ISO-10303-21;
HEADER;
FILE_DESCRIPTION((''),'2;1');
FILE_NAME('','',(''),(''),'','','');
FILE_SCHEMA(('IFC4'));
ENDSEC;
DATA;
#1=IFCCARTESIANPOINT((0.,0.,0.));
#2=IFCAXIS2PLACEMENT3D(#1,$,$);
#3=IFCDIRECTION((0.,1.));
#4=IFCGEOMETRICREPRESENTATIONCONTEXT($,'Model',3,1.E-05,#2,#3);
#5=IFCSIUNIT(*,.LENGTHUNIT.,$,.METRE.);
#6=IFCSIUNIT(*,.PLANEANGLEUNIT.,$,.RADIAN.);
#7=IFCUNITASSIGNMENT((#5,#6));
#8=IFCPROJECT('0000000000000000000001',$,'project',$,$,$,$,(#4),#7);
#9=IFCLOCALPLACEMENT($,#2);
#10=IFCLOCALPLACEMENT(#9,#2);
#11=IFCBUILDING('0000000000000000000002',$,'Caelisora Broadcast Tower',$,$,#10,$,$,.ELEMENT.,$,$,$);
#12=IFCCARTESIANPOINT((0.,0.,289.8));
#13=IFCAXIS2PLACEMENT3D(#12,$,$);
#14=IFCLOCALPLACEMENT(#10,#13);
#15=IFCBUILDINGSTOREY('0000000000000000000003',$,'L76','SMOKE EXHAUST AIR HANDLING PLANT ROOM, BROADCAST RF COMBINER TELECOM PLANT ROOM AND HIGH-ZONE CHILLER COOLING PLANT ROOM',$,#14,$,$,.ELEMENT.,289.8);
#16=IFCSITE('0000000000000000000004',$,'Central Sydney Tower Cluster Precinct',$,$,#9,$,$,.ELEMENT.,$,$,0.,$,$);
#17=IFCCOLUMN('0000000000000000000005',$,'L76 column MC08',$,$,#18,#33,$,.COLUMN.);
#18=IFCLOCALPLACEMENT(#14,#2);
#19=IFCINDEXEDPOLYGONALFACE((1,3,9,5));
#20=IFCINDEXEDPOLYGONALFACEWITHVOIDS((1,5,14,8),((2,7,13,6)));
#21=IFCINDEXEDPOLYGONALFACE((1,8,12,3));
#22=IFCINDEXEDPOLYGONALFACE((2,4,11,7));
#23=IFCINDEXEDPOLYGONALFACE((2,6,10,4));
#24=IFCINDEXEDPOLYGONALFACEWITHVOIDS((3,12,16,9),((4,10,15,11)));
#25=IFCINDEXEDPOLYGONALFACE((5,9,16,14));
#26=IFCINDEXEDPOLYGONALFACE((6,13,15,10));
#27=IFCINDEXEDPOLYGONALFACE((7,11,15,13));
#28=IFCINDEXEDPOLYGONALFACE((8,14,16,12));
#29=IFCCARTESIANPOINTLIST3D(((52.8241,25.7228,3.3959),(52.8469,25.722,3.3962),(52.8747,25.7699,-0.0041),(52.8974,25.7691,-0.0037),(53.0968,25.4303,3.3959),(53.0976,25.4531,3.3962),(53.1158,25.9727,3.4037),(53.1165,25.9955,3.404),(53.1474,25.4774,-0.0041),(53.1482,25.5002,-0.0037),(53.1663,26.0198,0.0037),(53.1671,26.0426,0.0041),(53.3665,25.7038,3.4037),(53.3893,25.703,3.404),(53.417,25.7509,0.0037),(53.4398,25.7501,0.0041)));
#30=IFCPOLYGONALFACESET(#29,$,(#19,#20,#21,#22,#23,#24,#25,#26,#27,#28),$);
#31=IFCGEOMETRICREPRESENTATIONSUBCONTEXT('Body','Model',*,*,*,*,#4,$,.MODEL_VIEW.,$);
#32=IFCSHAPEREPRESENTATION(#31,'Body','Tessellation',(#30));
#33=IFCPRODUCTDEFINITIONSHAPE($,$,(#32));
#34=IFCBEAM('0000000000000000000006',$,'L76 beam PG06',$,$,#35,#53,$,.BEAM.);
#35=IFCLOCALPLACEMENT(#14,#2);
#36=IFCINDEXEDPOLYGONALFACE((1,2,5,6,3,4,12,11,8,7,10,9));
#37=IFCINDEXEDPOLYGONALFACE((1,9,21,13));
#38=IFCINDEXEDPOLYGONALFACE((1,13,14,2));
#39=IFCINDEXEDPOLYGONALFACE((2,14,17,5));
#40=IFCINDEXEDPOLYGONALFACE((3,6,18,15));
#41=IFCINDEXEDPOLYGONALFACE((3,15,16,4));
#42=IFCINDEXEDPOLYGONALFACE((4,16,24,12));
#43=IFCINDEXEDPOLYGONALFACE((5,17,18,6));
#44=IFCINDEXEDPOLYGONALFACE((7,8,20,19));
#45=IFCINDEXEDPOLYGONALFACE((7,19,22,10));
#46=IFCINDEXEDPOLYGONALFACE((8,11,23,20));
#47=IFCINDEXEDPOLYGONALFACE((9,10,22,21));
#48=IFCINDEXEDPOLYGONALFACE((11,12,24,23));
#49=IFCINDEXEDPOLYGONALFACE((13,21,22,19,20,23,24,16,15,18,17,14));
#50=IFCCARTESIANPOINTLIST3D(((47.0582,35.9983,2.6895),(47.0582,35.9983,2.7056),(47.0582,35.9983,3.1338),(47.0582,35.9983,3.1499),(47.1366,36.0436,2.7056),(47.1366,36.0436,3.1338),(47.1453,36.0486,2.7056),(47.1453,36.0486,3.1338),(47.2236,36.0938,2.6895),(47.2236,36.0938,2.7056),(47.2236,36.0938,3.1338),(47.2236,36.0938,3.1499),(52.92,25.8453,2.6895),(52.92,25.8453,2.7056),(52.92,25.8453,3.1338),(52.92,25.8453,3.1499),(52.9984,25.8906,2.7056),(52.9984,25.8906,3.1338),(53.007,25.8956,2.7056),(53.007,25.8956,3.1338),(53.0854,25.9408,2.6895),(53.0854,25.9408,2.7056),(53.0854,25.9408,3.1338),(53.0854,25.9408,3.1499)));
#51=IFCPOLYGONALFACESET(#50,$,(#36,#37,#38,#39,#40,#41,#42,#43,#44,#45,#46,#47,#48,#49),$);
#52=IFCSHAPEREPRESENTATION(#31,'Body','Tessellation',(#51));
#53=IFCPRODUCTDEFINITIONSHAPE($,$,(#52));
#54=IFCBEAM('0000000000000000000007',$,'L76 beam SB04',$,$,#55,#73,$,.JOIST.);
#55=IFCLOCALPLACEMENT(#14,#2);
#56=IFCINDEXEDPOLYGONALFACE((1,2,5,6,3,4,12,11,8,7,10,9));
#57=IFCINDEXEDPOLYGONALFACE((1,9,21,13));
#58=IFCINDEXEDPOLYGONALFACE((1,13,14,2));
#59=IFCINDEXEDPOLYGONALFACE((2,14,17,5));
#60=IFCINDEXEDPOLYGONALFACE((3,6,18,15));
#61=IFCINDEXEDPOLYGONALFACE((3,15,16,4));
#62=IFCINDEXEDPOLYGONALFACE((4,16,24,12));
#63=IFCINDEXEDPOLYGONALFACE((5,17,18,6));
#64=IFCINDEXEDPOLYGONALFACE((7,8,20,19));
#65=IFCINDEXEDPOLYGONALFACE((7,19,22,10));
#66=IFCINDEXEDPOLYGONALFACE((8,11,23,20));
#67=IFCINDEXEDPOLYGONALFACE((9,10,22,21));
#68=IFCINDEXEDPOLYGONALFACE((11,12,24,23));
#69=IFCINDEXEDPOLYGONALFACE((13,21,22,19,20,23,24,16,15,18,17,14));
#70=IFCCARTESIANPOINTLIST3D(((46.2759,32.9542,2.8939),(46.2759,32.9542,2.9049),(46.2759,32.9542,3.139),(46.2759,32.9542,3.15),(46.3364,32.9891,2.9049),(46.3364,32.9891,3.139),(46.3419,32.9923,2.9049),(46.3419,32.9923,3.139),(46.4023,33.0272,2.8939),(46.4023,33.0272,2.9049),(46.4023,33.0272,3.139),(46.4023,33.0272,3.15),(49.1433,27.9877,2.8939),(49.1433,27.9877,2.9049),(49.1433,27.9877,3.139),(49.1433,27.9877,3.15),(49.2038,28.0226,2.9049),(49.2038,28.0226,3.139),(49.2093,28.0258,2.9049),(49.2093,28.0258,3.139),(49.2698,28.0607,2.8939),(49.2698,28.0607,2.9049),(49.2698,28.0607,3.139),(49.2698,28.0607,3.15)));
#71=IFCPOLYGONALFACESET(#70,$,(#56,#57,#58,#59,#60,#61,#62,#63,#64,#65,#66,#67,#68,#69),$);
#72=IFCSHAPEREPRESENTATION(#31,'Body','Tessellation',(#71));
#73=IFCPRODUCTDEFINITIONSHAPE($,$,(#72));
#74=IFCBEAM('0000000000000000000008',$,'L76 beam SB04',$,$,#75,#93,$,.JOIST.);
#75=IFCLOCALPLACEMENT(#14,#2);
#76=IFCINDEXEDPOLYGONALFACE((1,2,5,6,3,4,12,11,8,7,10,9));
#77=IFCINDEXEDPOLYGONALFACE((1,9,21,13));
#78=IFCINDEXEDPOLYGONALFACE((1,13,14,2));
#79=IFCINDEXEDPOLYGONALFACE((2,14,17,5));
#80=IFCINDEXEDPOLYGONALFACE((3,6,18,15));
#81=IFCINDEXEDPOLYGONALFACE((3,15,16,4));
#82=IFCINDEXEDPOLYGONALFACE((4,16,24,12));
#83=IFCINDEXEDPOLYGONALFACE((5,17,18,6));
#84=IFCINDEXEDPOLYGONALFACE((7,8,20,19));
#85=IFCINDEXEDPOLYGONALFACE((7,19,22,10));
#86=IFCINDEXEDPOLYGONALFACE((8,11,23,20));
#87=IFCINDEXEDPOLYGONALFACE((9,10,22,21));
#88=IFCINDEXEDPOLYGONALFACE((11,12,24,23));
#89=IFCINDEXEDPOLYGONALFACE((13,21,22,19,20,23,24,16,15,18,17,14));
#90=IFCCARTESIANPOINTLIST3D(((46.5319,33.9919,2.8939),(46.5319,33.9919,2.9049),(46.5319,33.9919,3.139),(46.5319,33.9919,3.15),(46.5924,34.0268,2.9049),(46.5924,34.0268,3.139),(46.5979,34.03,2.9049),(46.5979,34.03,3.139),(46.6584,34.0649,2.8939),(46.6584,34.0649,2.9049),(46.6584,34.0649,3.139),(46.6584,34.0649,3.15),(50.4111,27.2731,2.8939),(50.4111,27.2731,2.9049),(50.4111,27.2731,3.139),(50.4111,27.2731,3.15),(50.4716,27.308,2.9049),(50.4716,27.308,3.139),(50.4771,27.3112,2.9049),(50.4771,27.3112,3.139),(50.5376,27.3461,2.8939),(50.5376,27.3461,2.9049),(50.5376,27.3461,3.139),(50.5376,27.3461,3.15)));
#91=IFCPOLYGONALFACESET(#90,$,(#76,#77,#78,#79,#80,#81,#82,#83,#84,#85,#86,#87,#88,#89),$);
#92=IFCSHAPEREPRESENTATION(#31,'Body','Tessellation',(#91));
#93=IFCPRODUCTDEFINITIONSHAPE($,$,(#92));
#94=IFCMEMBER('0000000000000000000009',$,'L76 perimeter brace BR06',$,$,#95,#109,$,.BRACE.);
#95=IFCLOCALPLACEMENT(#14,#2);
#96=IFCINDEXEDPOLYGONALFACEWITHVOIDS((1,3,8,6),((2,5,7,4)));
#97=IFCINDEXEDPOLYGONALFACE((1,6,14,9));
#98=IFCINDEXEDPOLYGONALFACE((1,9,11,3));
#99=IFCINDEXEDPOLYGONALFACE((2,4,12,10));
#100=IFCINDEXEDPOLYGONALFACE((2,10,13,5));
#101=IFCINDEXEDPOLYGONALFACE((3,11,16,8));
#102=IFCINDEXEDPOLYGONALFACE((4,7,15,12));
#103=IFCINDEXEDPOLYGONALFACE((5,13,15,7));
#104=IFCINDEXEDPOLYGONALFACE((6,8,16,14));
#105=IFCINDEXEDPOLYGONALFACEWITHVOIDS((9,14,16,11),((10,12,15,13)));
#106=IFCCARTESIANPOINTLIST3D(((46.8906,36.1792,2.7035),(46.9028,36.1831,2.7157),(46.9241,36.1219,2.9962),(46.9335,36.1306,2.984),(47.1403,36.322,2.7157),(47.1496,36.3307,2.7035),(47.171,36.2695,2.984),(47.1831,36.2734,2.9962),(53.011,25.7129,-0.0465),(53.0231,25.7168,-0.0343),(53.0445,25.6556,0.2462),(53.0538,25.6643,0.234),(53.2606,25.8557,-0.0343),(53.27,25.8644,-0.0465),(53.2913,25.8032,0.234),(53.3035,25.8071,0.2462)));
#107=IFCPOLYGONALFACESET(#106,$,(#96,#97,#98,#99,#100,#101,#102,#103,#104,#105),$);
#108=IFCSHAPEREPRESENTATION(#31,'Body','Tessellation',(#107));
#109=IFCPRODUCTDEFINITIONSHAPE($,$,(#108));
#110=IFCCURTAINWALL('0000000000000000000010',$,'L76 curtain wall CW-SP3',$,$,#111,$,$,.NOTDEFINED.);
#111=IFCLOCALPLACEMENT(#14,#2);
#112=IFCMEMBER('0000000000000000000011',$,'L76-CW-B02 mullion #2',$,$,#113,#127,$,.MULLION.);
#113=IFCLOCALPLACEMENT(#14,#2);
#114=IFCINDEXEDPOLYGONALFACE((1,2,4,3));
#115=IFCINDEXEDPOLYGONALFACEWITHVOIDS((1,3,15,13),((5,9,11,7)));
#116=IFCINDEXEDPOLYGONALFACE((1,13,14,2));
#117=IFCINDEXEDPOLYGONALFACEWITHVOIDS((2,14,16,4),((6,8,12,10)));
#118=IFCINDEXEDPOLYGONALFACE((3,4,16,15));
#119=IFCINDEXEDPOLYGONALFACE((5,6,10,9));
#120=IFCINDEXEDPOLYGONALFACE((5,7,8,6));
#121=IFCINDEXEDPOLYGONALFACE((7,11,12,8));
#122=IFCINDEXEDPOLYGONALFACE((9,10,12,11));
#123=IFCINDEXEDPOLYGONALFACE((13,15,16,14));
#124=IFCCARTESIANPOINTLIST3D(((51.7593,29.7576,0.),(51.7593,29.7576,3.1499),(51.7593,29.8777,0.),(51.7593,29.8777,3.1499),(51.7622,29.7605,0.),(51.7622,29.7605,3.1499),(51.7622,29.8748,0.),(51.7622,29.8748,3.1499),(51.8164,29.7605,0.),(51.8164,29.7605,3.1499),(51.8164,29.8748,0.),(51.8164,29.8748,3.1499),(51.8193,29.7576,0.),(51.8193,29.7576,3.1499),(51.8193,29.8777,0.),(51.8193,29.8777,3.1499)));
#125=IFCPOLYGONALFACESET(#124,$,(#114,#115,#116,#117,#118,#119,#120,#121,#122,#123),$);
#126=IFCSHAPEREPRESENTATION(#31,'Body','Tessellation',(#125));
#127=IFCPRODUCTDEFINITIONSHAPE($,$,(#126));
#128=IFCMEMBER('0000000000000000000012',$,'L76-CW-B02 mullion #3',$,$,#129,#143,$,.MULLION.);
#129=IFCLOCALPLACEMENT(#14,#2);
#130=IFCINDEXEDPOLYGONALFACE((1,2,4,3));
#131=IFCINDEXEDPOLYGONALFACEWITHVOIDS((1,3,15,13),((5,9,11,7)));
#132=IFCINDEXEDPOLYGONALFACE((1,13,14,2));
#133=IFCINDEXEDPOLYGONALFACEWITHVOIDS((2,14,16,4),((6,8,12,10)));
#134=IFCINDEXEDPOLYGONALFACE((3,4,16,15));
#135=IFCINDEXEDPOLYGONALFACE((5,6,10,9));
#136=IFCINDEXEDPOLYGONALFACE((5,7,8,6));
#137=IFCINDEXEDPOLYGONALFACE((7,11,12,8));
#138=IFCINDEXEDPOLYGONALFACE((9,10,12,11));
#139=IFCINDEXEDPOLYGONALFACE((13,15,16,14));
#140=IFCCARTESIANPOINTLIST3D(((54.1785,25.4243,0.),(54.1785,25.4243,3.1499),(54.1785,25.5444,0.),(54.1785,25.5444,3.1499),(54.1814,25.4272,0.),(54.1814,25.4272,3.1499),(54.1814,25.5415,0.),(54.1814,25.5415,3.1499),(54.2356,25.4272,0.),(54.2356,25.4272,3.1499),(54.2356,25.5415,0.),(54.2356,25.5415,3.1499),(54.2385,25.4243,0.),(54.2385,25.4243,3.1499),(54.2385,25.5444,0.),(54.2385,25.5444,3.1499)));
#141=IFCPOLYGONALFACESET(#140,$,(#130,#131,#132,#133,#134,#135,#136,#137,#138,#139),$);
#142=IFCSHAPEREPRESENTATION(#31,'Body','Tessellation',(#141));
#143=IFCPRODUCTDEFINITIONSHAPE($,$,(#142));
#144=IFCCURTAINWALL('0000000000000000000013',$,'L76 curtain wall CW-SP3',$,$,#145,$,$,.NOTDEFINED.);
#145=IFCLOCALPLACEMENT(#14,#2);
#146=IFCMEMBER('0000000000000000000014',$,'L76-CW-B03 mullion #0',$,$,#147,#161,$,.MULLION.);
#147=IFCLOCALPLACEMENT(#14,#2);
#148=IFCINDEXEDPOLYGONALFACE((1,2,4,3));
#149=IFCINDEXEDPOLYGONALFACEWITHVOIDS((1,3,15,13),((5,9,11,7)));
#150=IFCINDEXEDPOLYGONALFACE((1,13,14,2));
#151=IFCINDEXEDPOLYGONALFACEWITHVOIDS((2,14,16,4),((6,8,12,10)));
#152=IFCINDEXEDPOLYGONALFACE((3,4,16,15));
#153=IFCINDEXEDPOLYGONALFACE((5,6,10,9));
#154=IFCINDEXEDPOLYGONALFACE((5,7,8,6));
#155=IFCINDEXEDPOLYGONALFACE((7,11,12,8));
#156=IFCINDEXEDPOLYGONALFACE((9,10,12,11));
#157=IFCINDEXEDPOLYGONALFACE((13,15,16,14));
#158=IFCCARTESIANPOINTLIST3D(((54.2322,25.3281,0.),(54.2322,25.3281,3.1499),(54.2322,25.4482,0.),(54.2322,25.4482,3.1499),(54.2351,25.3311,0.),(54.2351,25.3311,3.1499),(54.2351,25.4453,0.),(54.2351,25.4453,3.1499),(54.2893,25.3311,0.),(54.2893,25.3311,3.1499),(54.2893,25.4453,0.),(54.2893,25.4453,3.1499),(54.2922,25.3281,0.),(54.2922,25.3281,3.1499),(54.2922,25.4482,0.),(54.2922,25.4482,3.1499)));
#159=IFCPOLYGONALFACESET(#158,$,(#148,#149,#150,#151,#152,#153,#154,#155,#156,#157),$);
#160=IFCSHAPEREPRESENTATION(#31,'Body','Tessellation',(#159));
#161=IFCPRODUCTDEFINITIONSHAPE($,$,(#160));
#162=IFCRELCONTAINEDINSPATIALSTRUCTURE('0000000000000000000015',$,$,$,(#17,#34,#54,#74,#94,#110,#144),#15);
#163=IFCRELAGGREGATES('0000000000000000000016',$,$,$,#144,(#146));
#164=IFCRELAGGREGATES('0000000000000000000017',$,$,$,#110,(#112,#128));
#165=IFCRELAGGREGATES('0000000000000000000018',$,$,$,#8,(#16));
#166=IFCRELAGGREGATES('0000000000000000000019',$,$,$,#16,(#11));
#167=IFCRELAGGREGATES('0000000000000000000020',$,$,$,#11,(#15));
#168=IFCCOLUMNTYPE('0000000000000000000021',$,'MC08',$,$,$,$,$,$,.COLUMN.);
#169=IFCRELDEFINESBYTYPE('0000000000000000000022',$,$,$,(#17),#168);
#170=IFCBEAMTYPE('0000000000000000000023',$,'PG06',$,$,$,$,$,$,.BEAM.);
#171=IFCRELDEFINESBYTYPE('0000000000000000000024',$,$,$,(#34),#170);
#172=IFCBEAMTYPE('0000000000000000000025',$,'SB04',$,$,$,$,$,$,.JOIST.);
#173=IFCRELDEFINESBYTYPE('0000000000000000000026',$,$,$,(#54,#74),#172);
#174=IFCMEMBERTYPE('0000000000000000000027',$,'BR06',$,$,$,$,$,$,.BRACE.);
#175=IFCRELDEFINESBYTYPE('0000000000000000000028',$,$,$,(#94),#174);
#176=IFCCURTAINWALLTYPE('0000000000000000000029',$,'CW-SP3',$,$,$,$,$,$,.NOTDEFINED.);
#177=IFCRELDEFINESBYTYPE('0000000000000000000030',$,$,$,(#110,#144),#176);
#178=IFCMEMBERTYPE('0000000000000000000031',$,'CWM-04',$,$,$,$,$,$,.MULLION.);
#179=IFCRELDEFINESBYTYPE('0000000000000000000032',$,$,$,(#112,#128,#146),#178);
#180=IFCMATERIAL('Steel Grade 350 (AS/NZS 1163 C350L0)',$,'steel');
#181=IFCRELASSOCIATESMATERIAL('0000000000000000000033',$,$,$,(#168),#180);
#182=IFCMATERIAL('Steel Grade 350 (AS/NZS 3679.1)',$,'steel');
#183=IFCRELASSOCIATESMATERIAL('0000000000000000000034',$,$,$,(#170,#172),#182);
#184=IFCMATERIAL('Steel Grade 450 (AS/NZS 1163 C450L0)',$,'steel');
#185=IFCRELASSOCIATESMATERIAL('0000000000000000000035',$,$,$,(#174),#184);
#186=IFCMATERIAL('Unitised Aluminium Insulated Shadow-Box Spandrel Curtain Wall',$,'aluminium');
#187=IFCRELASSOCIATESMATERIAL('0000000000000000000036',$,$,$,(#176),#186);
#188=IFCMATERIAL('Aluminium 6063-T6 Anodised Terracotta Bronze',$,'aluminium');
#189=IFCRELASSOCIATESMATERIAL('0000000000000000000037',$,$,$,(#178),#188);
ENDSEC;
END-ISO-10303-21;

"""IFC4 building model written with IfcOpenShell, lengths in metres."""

from ifc_helpers import new_model, si_unit, direction, frame, origin, origin_2d, place, context, subcontext, project, spatial, hollow_rectangle, i_section, extrude, source, transform, mapped, material, material_profile, profile_set, type_object, type_shapes, element, aggregate, save


model = new_model("IFC4")

# Units and contexts
model_context = context("Model", 3, precision=1e-05, world=origin(), true_north=direction((0.0, 1.0)))
body_context = subcontext(model_context, "Body", "Model", "MODEL_VIEW")
ifc_project = project(units=[si_unit("LENGTHUNIT", "METRE"), si_unit("PLANEANGLEUNIT", "RADIAN")], contexts=[model_context])

# Site, building, storey
site_placement = place(None, origin())
site = spatial("IfcSite", under=ifc_project, at=site_placement, Name="Central Sydney Tower Cluster Precinct", CompositionType="ELEMENT", RefElevation=0.0)
building_placement = place(site_placement, origin())
building = spatial("IfcBuilding", under=site, at=building_placement, Name="Caelisora Broadcast Tower", CompositionType="ELEMENT")
storey_placement = place(building_placement, frame((0.0, 0.0, 289.8)))
storey = spatial("IfcBuildingStorey", under=building, at=storey_placement, Name="L76", Description="SMOKE EXHAUST AIR HANDLING PLANT ROOM, BROADCAST RF COMBINER TELECOM PLANT ROOM AND HIGH-ZONE CHILLER COOLING PLANT ROOM", CompositionType="ELEMENT", Elevation=289.8)

# Column
ifc_material_1 = material(Name="Steel Grade 350 (AS/NZS 1163 C350L0)", Category="steel")
ifc_material_profile_1 = material_profile(ifc_material_1, hollow_rectangle(XDim=0.3999, YDim=0.3999, WallThickness=0.0161, at=origin_2d()), Name="Steel Grade 350 (AS/NZS 1163 C350L0)")
ifc_profile_set_1 = profile_set([ifc_material_profile_1], Name="Steel Grade 350 (AS/NZS 1163 C350L0)")
column_type = type_object("IfcColumnType", Name="MC08", PredefinedType="COLUMN", material=ifc_profile_set_1)
shared_shape_1 = source(origin(), body_context, "Body", "SweptSolid", [
    extrude(hollow_rectangle(XDim=0.3999, YDim=0.3999, WallThickness=0.0161, at=origin_2d()), origin(), (0.0, 0.0, 1.0), 3.4006),
])
type_shapes(column_type, [shared_shape_1])
column_placement = place(storey_placement, frame((53.1572, 25.76, 0.0), z_axis=(-0.014861, -0.013856, 0.999794), x_axis=(0.68194, -0.731408, 0.0)))
element("IfcColumn", 1, at=column_placement, inside=storey, type_object=column_type, Name="L76 column MC08", PredefinedType="COLUMN", context=body_context, shape_type="MappedRepresentation", body=[
    mapped(shared_shape_1, transform((0.0, 0.0, 0.0), scale=1.0)),
])

# Beams
ifc_material_2 = material(Name="Steel Grade 350 (AS/NZS 3679.1)", Category="steel")
ifc_material_profile_2 = material_profile(ifc_material_2, i_section(OverallWidth=0.1909, OverallDepth=0.4604, WebThickness=0.01, FlangeThickness=0.0161, at=origin_2d()), Name="Steel Grade 350 (AS/NZS 3679.1)")
ifc_profile_set_2 = profile_set([ifc_material_profile_2], Name="Steel Grade 350 (AS/NZS 3679.1)")
beam_type_1 = type_object("IfcBeamType", Name="PG06", PredefinedType="BEAM", material=ifc_profile_set_2)
shared_shape_2 = source(origin(), body_context, "Body", "SweptSolid", [
    extrude(i_section(OverallWidth=0.1909, OverallDepth=0.4604, WebThickness=0.01, FlangeThickness=0.0161, at=origin_2d()), origin(), (0.0, 0.0, 1.0), 11.7236),
])
type_shapes(beam_type_1, [shared_shape_2])
beam_1_placement = place(storey_placement, frame((53.0027, 25.8931, 2.9197), z_axis=(-0.499996, 0.866028, 0.0), x_axis=(-0.866028, -0.499996, 0.0)))
element("IfcBeam", 2, at=beam_1_placement, inside=storey, type_object=beam_type_1, Name="L76 beam PG06", PredefinedType="BEAM", context=body_context, shape_type="MappedRepresentation", body=[
    mapped(shared_shape_2, transform((0.0, 0.0, 0.0), scale=1.0)),
])
ifc_material_profile_3 = material_profile(ifc_material_2, i_section(OverallWidth=0.146, OverallDepth=0.2561, WebThickness=0.0063, FlangeThickness=0.011, at=origin_2d()), Name="Steel Grade 350 (AS/NZS 3679.1)")
ifc_profile_set_3 = profile_set([ifc_material_profile_3], Name="Steel Grade 350 (AS/NZS 3679.1)")
beam_type_2 = type_object("IfcBeamType", Name="SB04", PredefinedType="JOIST", material=ifc_profile_set_3)
shared_shape_3 = source(origin(), body_context, "Body", "SweptSolid", [
    extrude(i_section(OverallWidth=0.146, OverallDepth=0.2561, WebThickness=0.0063, FlangeThickness=0.011, at=origin_2d()), origin(), (0.0, 0.0, 1.0), 5.7349),
])
beam_2_placement = place(storey_placement, frame((49.2065, 28.0242, 3.022), z_axis=(-0.499999, 0.866026, 0.0), x_axis=(-0.866026, -0.499999, 0.0)))
element("IfcBeam", 3, at=beam_2_placement, inside=storey, type_object=beam_type_2, Name="L76 beam SB04", PredefinedType="JOIST", context=body_context, shape_type="MappedRepresentation", body=[
    mapped(shared_shape_3, transform((0.0, 0.0, 0.0), scale=1.0)),
])
shared_shape_4 = source(origin(), body_context, "Body", "SweptSolid", [
    extrude(i_section(OverallWidth=0.146, OverallDepth=0.2561, WebThickness=0.0063, FlangeThickness=0.011, at=origin_2d()), origin(), (0.0, 0.0, 1.0), 7.7583),
])
type_shapes(beam_type_2, [shared_shape_3, shared_shape_4])
beam_3_placement = place(storey_placement, frame((50.4744, 27.3096, 3.022), z_axis=(-0.500008, 0.866021, 0.0), x_axis=(-0.866021, -0.500008, 0.0)))
element("IfcBeam", 4, at=beam_3_placement, inside=storey, type_object=beam_type_2, Name="L76 beam SB04", PredefinedType="JOIST", context=body_context, shape_type="MappedRepresentation", body=[
    mapped(shared_shape_4, transform((0.0, 0.0, 0.0), scale=1.0)),
])

# Member
ifc_material_3 = material(Name="Steel Grade 450 (AS/NZS 1163 C450L0)", Category="steel")
ifc_material_profile_4 = material_profile(ifc_material_3, hollow_rectangle(XDim=0.3, YDim=0.3, WallThickness=0.0125, at=origin_2d()), Name="Steel Grade 450 (AS/NZS 1163 C450L0)")
ifc_profile_set_4 = profile_set([ifc_material_profile_4], Name="Steel Grade 450 (AS/NZS 1163 C450L0)")
member_type_1 = type_object("IfcMemberType", Name="BR06", PredefinedType="BRACE", material=ifc_profile_set_4)
shared_shape_5 = source(origin(), body_context, "Body", "SweptSolid", [
    extrude(hollow_rectangle(XDim=0.3, YDim=0.3, WallThickness=0.0125, at=origin_2d()), origin(), (0.0, 0.0, 1.0), 12.4324),
])
type_shapes(member_type_1, [shared_shape_5])
member_1_placement = place(storey_placement, frame((53.1572, 25.76, 0.0999), z_axis=(-0.492291, 0.841856, 0.221196), x_axis=(-0.863239, -0.504795, 0.0)))
element("IfcMember", 5, at=member_1_placement, inside=storey, type_object=member_type_1, Name="L76 perimeter brace BR06", PredefinedType="BRACE", context=body_context, shape_type="MappedRepresentation", body=[
    mapped(shared_shape_5, transform((0.0, 0.0, 0.0), scale=1.0)),
])

# Curtain walls, members
ifc_material_4 = material(Name="Unitised Aluminium Insulated Shadow-Box Spandrel Curtain Wall", Category="aluminium")
curtain_wall_type = type_object("IfcCurtainWallType", Name="CW-SP3", PredefinedType="NOTDEFINED", material=ifc_material_4)
curtain_wall_1_placement = place(storey_placement, origin())
curtain_wall_1 = element("IfcCurtainWall", 6, at=curtain_wall_1_placement, inside=storey, type_object=curtain_wall_type, Name="L76 curtain wall CW-SP3", PredefinedType="NOTDEFINED")
ifc_material_5 = material(Name="Aluminium 6063-T6 Anodised Terracotta Bronze", Category="aluminium")
ifc_material_profile_5 = material_profile(ifc_material_5, hollow_rectangle(XDim=0.0601, YDim=0.1201, WallThickness=0.0029, at=origin_2d()), Name="Aluminium 6063-T6 Anodised Terracotta Bronze")
ifc_profile_set_5 = profile_set([ifc_material_profile_5], Name="Aluminium 6063-T6 Anodised Terracotta Bronze")
member_type_2 = type_object("IfcMemberType", Name="CWM-04", PredefinedType="MULLION", material=ifc_profile_set_5)
shared_shape_6 = source(origin(), body_context, "Body", "SweptSolid", [
    extrude(hollow_rectangle(XDim=0.0601, YDim=0.1201, WallThickness=0.0029, at=origin_2d()), origin(), (0.0, 0.0, 1.0), 3.1499),
])
type_shapes(member_type_2, [shared_shape_6])
member_2_placement = place(storey_placement, frame((51.7893, 29.8176, 0.0), z_axis=(0.0, 0.0, 1.0), x_axis=(1.0, 0.0, 0.0)))
member_2 = element("IfcMember", 7, at=member_2_placement, type_object=member_type_2, Name="L76-CW-B02 mullion #2", PredefinedType="MULLION", context=body_context, shape_type="MappedRepresentation", body=[
    mapped(shared_shape_6, transform((0.0, 0.0, 0.0), scale=1.0)),
])
member_3_placement = place(storey_placement, frame((54.2085, 25.4844, 0.0), z_axis=(0.0, 0.0, 1.0), x_axis=(1.0, 0.0, 0.0)))
member_3 = element("IfcMember", 8, at=member_3_placement, type_object=member_type_2, Name="L76-CW-B02 mullion #3", PredefinedType="MULLION", context=body_context, shape_type="MappedRepresentation", body=[
    mapped(shared_shape_6, transform((0.0, 0.0, 0.0), scale=1.0)),
])
curtain_wall_2_placement = place(storey_placement, origin())
curtain_wall_2 = element("IfcCurtainWall", 9, at=curtain_wall_2_placement, inside=storey, type_object=curtain_wall_type, Name="L76 curtain wall CW-SP3", PredefinedType="NOTDEFINED")
member_4_placement = place(storey_placement, frame((54.2622, 25.3882, 0.0), z_axis=(0.0, 0.0, 1.0), x_axis=(1.0, 0.0, 0.0)))
member_4 = element("IfcMember", 10, at=member_4_placement, type_object=member_type_2, Name="L76-CW-B03 mullion #0", PredefinedType="MULLION", context=body_context, shape_type="MappedRepresentation", body=[
    mapped(shared_shape_6, transform((0.0, 0.0, 0.0), scale=1.0)),
])

aggregate(curtain_wall_2, [member_4])
aggregate(curtain_wall_1, [member_2, member_3])

save(model, "model.ifc")
